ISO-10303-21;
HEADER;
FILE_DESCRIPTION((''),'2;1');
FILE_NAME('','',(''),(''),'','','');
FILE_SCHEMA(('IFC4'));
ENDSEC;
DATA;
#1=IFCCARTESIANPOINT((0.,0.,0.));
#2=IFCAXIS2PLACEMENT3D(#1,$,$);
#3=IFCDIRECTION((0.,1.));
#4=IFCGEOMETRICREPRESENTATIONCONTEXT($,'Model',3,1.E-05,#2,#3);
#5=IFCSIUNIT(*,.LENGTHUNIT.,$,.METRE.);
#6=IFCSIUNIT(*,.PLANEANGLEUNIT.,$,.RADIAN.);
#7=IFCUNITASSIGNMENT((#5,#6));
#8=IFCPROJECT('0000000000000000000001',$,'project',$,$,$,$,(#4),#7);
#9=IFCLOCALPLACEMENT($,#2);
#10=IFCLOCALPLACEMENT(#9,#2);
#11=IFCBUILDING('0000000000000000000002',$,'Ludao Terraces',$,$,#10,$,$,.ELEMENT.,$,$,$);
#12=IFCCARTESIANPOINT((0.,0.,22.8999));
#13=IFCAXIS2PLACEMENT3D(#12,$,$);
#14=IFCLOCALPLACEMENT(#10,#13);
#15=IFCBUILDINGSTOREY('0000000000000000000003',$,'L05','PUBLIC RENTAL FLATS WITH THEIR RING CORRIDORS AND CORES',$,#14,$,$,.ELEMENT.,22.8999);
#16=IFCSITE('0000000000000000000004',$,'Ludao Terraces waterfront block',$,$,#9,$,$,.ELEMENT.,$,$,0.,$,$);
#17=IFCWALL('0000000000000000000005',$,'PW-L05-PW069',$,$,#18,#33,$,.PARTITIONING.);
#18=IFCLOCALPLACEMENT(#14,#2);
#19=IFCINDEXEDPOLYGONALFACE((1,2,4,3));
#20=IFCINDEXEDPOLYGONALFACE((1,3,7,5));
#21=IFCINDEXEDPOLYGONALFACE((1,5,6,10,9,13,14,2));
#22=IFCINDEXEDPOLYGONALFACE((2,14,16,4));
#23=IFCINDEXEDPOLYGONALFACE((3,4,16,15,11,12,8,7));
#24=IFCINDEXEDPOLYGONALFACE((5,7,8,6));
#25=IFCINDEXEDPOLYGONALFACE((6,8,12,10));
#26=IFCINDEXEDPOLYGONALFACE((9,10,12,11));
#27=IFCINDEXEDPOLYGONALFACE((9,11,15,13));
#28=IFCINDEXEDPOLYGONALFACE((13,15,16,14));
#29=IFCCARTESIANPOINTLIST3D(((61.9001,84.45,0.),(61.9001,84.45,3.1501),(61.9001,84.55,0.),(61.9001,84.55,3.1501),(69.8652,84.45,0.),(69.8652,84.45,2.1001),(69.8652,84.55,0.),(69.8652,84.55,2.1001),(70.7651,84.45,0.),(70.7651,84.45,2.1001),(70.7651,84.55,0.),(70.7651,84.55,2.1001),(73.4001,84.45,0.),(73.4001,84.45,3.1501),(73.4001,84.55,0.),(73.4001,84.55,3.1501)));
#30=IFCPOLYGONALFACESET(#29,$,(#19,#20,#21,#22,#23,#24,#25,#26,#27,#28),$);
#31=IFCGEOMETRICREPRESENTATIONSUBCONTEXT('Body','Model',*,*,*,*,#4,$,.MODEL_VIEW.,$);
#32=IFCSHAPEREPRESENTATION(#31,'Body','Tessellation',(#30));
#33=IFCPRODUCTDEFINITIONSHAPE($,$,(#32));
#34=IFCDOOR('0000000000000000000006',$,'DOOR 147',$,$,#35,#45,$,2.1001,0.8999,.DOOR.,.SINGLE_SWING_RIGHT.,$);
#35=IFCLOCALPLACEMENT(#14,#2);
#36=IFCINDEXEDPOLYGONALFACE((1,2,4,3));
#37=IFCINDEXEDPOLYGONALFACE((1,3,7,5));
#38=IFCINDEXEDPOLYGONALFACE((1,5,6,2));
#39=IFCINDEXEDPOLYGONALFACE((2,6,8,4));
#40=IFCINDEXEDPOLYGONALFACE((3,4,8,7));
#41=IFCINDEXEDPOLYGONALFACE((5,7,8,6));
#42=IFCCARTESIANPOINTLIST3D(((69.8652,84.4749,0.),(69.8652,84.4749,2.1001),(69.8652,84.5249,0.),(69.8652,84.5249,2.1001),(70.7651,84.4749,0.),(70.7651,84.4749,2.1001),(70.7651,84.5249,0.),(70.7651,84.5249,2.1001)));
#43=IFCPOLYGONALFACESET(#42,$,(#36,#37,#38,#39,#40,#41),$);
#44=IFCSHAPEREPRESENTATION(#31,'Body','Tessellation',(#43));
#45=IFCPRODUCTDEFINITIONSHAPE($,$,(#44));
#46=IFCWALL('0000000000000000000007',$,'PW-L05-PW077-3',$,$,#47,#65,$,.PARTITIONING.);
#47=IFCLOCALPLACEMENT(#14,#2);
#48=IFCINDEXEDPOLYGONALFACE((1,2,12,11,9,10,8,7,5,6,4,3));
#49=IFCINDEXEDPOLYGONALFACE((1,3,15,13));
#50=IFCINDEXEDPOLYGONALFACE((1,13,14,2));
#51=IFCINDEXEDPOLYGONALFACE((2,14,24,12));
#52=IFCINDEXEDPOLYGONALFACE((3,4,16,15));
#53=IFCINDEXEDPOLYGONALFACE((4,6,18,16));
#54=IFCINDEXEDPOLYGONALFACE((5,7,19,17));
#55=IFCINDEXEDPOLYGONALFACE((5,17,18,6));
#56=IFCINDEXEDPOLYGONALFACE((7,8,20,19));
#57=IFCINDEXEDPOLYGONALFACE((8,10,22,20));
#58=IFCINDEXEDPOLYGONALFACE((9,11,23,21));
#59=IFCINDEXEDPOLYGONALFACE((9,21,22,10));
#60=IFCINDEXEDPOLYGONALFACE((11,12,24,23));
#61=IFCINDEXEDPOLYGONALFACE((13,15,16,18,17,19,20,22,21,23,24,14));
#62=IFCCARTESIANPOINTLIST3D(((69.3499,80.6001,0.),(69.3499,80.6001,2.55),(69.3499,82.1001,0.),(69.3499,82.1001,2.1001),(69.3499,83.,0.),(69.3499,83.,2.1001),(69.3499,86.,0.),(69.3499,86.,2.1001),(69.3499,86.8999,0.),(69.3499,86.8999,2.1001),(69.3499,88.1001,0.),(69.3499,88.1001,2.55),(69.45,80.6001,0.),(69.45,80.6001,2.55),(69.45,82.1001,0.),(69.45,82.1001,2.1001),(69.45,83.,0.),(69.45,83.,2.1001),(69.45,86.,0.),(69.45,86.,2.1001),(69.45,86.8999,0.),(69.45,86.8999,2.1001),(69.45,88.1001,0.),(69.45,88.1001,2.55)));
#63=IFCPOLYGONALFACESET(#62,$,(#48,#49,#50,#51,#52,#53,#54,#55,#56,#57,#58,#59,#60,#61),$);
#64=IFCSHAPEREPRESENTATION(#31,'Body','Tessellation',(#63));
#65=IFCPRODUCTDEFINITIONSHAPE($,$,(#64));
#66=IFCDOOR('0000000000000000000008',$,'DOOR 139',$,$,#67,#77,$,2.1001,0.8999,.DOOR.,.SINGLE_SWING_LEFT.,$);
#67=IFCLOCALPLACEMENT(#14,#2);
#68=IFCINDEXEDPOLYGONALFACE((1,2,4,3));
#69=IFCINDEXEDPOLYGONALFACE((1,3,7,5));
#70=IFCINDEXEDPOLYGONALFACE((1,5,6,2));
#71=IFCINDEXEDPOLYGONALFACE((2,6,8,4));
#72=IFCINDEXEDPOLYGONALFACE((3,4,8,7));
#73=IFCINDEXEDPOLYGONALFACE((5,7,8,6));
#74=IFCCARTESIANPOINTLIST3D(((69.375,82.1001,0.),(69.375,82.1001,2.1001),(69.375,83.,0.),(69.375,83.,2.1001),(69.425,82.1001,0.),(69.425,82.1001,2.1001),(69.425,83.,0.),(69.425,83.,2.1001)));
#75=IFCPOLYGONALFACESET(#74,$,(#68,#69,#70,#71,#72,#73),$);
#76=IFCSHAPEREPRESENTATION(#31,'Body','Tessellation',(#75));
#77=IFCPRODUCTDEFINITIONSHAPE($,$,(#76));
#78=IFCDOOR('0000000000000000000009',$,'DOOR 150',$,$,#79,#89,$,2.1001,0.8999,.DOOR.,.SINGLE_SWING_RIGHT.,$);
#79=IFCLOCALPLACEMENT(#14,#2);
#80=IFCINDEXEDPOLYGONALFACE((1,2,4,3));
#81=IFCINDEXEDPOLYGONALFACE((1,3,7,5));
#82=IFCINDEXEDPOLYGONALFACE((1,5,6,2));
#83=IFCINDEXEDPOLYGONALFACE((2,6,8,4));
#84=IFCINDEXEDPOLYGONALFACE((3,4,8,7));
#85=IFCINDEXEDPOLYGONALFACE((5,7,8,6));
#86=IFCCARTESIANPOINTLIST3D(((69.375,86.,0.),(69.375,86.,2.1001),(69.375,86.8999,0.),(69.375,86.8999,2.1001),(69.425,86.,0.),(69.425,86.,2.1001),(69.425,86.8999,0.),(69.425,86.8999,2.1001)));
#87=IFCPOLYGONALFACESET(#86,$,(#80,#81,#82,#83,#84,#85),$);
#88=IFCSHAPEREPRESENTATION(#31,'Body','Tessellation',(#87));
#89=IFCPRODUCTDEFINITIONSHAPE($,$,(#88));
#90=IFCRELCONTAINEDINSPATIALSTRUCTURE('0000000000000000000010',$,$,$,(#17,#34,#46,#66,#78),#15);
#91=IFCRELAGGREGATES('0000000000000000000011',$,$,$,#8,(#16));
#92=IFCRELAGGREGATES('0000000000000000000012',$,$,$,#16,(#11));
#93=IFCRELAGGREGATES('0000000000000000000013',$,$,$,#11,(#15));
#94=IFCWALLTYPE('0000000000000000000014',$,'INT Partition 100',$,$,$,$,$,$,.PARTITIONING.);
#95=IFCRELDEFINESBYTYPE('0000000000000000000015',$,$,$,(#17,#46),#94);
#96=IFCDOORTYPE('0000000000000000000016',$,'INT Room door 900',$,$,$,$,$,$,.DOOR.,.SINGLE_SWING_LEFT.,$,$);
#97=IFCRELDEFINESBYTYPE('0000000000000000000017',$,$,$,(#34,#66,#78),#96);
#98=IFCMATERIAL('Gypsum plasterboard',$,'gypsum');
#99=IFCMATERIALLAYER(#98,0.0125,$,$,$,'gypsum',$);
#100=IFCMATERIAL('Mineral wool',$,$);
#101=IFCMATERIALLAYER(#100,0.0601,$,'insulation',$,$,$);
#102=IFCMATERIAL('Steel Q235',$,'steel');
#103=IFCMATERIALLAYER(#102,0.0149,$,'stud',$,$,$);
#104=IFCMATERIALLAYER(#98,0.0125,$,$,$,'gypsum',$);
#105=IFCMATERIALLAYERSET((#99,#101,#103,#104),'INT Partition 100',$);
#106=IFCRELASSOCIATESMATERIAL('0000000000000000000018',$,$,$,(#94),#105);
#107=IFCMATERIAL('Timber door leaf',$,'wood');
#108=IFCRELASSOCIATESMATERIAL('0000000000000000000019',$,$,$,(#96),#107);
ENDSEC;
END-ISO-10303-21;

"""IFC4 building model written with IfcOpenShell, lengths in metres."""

from ifc_helpers import new_model, si_unit, direction, frame, frame_2d, origin, place, context, subcontext, project, spatial, rectangle, extrude, material, layer, layer_set, type_object, element, fill, save


model = new_model("IFC4")

# Units and contexts
model_context = context("Model", 3, precision=1e-05, world=origin(), true_north=direction((0.0, 1.0)))
body_context = subcontext(model_context, "Body", "Model", "MODEL_VIEW")
ifc_project = project(units=[si_unit("LENGTHUNIT", "METRE"), si_unit("PLANEANGLEUNIT", "RADIAN")], contexts=[model_context])

# Site, building, storey
site_placement = place(None, origin())
site = spatial("IfcSite", under=ifc_project, at=site_placement, Name="Ludao Terraces waterfront block", CompositionType="ELEMENT", RefElevation=0.0)
building_placement = place(site_placement, origin())
building = spatial("IfcBuilding", under=site, at=building_placement, Name="Ludao Terraces", CompositionType="ELEMENT")
storey_placement = place(building_placement, frame((0.0, 0.0, 22.8999)))
storey = spatial("IfcBuildingStorey", under=building, at=storey_placement, Name="L05", Description="PUBLIC RENTAL FLATS WITH THEIR RING CORRIDORS AND CORES", CompositionType="ELEMENT", Elevation=22.8999)

# Shared definitions
ifc_material_1 = material(Name="Mineral wool")

# Shared definitions
ifc_material_2 = material(Name="Gypsum plasterboard", Category="gypsum")
ifc_layer_1 = layer(ifc_material_2, 0.0125, Category="gypsum")
ifc_layer_2 = layer(ifc_material_1, 0.0601, Name="insulation")
ifc_material_3 = material(Name="Steel Q235", Category="steel")
ifc_layer_3 = layer(ifc_material_3, 0.0149, Name="stud")
ifc_layer_4 = layer(ifc_material_2, 0.0125, Category="gypsum")
ifc_layer_set_1 = layer_set([ifc_layer_1, ifc_layer_2, ifc_layer_3, ifc_layer_4], Name="INT Partition 100")
wall_type_1 = type_object("IfcWallType", Name="INT Partition 100", PredefinedType="PARTITIONING", material=ifc_layer_set_1)

# Wall, opening, door
wall_1_placement = place(storey_placement, frame((61.9001, 84.5, 0.0), z_axis=(0.0, 0.0, 1.0), x_axis=(1.0, 0.0, 0.0)))
wall_1 = element("IfcWall", 1, at=wall_1_placement, inside=storey, type_object=wall_type_1, Name="PW-L05-PW069", PredefinedType="PARTITIONING", context=body_context, shape_type="SweptSolid", body=[
    extrude(rectangle(XDim=11.5, YDim=0.1001, at=frame_2d((5.75, 0.0))), origin(), (0.0, 0.0, 1.0), 3.1501),
])
opening_1_placement = place(wall_1_placement, frame((7.9651, 0.0, 0.0)))
opening_1 = element("IfcOpeningElement", 2, at=opening_1_placement, cuts=wall_1, PredefinedType="OPENING", context=body_context, shape_type="SweptSolid", body=[
    extrude(rectangle(XDim=0.8999, YDim=2.1001, at=frame_2d((0.45, 1.05))), frame((0.0, 0.0601, 0.0), z_axis=(0.0, -1.0, 0.0), x_axis=(1.0, 0.0, 0.0)), (0.0, 0.0, 1.0), 0.1201),
])
ifc_material_4 = material(Name="Timber door leaf", Category="wood")
door_type = type_object("IfcDoorType", Name="INT Room door 900", OperationType="SINGLE_SWING_LEFT", PredefinedType="DOOR", material=ifc_material_4)
door_1_placement = place(opening_1_placement, origin())
door_1 = element("IfcDoor", 3, at=door_1_placement, inside=storey, type_object=door_type, Name="DOOR 147", OperationType="SINGLE_SWING_RIGHT", OverallHeight=2.1001, OverallWidth=0.8999, PredefinedType="DOOR", context=body_context, shape_type="SweptSolid", body=[
    extrude(rectangle(XDim=0.8999, YDim=2.1001, at=frame_2d((0.45, 1.05))), frame((0.0, 0.0249, 0.0), z_axis=(0.0, -1.0, 0.0), x_axis=(1.0, 0.0, 0.0)), (0.0, 0.0, 1.0), 0.05),
])
fill(opening_1, door_1)

# Wall, openings, doors
wall_2_placement = place(storey_placement, frame((69.3999, 80.6001, 0.0), z_axis=(0.0, 0.0, 1.0), x_axis=(0.0, 1.0, 0.0)))
wall_2 = element("IfcWall", 4, at=wall_2_placement, inside=storey, type_object=wall_type_1, Name="PW-L05-PW077-3", PredefinedType="PARTITIONING", context=body_context, shape_type="SweptSolid", body=[
    extrude(rectangle(XDim=7.5, YDim=0.1001, at=frame_2d((3.75, 0.0))), origin(), (0.0, 0.0, 1.0), 2.55),
])
opening_2_placement = place(wall_2_placement, frame((1.5, 0.0, 0.0)))
opening_2 = element("IfcOpeningElement", 5, at=opening_2_placement, cuts=wall_2, PredefinedType="OPENING", context=body_context, shape_type="SweptSolid", body=[
    extrude(rectangle(XDim=0.8999, YDim=2.1001, at=frame_2d((0.45, 1.05))), frame((0.0, 0.0601, 0.0), z_axis=(0.0, -1.0, 0.0), x_axis=(1.0, 0.0, 0.0)), (0.0, 0.0, 1.0), 0.1201),
])
opening_3_placement = place(wall_2_placement, frame((5.3999, 0.0, 0.0)))
opening_3 = element("IfcOpeningElement", 6, at=opening_3_placement, cuts=wall_2, PredefinedType="OPENING", context=body_context, shape_type="SweptSolid", body=[
    extrude(rectangle(XDim=0.8999, YDim=2.1001, at=frame_2d((0.45, 1.05))), frame((0.0, 0.0601, 0.0), z_axis=(0.0, -1.0, 0.0), x_axis=(1.0, 0.0, 0.0)), (0.0, 0.0, 1.0), 0.1201),
])
door_2_placement = place(opening_2_placement, origin())
door_2 = element("IfcDoor", 7, at=door_2_placement, inside=storey, type_object=door_type, Name="DOOR 139", OperationType="SINGLE_SWING_LEFT", OverallHeight=2.1001, OverallWidth=0.8999, PredefinedType="DOOR", context=body_context, shape_type="SweptSolid", body=[
    extrude(rectangle(XDim=0.8999, YDim=2.1001, at=frame_2d((0.45, 1.05))), frame((0.0, 0.0249, 0.0), z_axis=(0.0, -1.0, 0.0), x_axis=(1.0, 0.0, 0.0)), (0.0, 0.0, 1.0), 0.05),
])
fill(opening_2, door_2)
door_3_placement = place(opening_3_placement, origin())
door_3 = element("IfcDoor", 8, at=door_3_placement, inside=storey, type_object=door_type, Name="DOOR 150", OperationType="SINGLE_SWING_RIGHT", OverallHeight=2.1001, OverallWidth=0.8999, PredefinedType="DOOR", context=body_context, shape_type="SweptSolid", body=[
    extrude(rectangle(XDim=0.8999, YDim=2.1001, at=frame_2d((0.45, 1.05))), frame((0.0, 0.0249, 0.0), z_axis=(0.0, -1.0, 0.0), x_axis=(1.0, 0.0, 0.0)), (0.0, 0.0, 1.0), 0.05),
])
fill(opening_3, door_3)

save(model, "model.ifc")
